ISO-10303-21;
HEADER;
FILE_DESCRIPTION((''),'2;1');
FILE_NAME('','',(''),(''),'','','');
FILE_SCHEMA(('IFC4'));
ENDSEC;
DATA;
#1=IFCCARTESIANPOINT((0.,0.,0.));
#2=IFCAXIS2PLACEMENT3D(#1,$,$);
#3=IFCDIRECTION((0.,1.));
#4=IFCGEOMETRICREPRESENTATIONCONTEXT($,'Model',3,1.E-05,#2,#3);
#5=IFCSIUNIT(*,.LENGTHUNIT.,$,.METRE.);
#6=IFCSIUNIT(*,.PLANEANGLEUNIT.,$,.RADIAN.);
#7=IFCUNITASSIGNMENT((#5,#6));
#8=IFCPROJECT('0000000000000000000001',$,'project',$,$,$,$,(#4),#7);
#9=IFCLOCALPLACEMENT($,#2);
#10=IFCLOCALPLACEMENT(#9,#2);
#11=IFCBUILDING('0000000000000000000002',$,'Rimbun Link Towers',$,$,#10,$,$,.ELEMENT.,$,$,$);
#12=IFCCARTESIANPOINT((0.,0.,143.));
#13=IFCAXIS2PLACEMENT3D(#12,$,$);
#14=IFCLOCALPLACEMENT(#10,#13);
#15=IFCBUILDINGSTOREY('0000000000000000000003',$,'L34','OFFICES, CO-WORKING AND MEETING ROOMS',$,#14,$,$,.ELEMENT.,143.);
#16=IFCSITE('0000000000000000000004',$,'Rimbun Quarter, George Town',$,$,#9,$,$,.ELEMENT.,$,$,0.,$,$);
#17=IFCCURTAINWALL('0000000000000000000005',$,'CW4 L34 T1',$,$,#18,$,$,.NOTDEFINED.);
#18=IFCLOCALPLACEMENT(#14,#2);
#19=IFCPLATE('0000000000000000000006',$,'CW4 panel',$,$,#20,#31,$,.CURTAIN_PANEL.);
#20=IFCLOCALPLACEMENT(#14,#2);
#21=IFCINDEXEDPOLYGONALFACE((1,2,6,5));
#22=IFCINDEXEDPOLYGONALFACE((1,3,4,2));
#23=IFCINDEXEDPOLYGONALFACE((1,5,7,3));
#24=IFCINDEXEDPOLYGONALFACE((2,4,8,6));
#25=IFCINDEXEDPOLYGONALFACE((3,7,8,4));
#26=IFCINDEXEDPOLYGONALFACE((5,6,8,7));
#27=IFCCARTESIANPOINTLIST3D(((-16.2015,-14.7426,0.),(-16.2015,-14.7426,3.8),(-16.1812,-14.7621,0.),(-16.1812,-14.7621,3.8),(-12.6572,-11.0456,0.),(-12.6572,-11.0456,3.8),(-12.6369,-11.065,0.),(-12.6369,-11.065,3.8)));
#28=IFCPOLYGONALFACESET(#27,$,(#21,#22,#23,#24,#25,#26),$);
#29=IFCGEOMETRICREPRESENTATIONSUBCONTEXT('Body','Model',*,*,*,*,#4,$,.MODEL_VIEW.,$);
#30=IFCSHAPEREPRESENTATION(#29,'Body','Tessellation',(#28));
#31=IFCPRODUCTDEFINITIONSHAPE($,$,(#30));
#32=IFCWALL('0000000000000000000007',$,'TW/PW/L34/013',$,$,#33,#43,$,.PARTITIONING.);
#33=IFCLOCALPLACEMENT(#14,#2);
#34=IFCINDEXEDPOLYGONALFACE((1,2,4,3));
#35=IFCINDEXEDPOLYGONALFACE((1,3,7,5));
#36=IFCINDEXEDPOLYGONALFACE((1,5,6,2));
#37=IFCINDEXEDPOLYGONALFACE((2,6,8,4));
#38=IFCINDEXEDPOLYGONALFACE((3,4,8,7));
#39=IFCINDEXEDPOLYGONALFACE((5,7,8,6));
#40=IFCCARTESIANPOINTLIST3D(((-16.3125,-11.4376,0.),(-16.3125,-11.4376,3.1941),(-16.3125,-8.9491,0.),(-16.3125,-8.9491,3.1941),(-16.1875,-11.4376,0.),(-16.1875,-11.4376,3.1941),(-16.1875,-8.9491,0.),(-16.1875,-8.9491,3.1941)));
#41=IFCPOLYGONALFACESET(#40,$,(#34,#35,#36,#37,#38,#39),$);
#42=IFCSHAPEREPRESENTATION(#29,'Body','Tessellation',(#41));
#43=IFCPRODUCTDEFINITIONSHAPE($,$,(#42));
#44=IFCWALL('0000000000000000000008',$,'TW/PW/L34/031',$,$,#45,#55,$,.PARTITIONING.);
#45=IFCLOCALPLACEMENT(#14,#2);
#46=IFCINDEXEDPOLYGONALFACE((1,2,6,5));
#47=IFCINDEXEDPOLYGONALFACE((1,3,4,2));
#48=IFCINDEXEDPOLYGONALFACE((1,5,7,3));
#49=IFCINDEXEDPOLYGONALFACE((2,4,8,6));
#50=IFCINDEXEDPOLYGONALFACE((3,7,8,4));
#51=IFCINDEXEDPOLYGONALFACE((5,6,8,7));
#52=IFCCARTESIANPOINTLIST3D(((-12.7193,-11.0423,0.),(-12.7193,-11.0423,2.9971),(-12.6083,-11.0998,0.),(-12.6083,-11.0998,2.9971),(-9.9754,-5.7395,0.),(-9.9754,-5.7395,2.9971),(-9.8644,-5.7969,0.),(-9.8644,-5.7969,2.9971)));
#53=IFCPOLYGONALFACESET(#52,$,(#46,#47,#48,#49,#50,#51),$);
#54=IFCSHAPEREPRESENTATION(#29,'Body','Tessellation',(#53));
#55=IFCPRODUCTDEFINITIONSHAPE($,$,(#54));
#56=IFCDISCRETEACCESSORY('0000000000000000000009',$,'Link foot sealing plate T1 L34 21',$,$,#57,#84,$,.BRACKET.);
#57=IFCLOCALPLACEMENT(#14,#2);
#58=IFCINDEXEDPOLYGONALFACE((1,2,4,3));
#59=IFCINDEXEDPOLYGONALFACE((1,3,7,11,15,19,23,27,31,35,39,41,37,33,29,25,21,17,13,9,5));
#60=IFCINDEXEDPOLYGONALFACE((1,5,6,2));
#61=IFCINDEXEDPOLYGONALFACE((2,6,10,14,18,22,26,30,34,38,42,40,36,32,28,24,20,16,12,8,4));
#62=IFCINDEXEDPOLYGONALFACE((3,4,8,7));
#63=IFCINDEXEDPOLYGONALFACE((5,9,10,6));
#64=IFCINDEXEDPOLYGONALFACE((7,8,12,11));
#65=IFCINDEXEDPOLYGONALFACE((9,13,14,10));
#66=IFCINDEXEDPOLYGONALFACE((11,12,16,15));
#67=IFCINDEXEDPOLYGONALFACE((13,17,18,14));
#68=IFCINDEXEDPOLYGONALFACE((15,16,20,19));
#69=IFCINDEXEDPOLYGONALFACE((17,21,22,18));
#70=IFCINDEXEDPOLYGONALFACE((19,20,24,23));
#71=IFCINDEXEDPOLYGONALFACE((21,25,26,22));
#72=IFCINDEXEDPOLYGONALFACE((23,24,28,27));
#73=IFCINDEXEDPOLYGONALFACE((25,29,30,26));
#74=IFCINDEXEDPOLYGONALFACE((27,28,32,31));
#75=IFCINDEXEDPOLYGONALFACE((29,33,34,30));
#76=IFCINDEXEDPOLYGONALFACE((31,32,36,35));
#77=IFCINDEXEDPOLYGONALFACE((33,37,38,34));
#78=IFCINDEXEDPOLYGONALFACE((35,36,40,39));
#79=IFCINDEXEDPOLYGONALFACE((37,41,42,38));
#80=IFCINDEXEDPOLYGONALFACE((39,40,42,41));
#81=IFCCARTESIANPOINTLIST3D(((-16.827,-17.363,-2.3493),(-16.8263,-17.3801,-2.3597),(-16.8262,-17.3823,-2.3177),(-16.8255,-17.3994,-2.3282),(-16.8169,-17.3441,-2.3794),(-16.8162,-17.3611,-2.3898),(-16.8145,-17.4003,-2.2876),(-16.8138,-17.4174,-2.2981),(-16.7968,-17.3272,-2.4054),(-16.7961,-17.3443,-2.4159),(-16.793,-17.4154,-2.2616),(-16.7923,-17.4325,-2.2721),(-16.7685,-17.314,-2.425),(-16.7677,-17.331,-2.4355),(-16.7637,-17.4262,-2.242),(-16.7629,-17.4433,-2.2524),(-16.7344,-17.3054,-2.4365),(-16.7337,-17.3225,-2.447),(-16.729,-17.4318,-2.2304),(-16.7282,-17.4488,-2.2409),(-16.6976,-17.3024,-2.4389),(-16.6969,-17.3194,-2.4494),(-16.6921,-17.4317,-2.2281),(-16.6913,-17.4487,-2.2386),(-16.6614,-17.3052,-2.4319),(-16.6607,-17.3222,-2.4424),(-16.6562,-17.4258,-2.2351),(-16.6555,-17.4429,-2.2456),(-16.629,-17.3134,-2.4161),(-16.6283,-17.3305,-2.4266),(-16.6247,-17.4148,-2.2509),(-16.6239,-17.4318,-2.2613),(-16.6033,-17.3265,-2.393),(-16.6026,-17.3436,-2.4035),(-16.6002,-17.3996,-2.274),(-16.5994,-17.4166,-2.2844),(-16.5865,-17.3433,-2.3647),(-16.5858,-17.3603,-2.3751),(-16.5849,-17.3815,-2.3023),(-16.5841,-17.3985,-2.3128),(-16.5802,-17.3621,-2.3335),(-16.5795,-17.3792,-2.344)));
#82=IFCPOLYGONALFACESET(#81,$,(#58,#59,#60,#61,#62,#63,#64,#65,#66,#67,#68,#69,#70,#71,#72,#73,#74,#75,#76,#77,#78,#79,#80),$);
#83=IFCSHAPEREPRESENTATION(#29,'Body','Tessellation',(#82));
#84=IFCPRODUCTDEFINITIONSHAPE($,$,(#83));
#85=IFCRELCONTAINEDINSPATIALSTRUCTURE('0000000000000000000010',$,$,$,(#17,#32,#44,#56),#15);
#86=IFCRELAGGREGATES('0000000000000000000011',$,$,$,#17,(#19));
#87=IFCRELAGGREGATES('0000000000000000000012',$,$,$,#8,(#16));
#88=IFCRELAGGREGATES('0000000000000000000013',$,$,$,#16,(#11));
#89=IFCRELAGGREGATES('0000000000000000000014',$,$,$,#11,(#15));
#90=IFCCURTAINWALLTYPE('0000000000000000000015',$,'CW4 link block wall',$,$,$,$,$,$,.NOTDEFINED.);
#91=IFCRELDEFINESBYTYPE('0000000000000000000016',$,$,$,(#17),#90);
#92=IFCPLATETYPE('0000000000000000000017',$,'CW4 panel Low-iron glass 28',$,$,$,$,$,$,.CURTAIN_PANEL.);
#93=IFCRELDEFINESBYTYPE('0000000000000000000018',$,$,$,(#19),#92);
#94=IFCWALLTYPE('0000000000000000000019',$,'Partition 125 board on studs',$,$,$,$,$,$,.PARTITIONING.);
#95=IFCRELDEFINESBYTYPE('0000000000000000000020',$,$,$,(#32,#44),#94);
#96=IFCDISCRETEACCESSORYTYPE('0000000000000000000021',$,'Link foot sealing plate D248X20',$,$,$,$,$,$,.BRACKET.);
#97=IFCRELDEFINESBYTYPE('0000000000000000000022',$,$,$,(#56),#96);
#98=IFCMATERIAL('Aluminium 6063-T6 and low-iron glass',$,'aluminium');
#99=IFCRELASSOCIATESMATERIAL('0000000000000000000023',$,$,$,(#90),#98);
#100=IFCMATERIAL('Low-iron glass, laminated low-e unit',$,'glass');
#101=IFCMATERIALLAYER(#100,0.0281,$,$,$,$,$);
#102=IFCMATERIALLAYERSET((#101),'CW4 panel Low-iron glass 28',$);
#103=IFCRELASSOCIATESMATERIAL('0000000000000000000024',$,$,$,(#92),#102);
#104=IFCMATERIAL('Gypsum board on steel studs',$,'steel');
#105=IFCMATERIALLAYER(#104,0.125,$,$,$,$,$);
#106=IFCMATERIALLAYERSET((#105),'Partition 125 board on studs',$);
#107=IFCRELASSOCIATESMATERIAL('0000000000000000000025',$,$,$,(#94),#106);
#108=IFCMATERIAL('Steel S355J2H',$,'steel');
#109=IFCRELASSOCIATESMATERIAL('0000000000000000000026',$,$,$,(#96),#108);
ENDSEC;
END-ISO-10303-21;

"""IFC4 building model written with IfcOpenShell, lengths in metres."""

from ifc_helpers import new_model, si_unit, direction, frame, frame_2d, origin, origin_2d, place, context, subcontext, project, spatial, rectangle, circle, extrude, material, layer, layer_set, material_profile, profile_set, type_object, element, aggregate, save


model = new_model("IFC4")

# Units and contexts
model_context = context("Model", 3, precision=1e-05, world=origin(), true_north=direction((0.0, 1.0)))
body_context = subcontext(model_context, "Body", "Model", "MODEL_VIEW")
ifc_project = project(units=[si_unit("LENGTHUNIT", "METRE"), si_unit("PLANEANGLEUNIT", "RADIAN")], contexts=[model_context])

# Site, building, storey
site_placement = place(None, origin())
site = spatial("IfcSite", under=ifc_project, at=site_placement, Name="Rimbun Quarter, George Town", CompositionType="ELEMENT", RefElevation=0.0)
building_placement = place(site_placement, origin())
building = spatial("IfcBuilding", under=site, at=building_placement, Name="Rimbun Link Towers", CompositionType="ELEMENT")
storey_placement = place(building_placement, frame((0.0, 0.0, 143.0)))
storey = spatial("IfcBuildingStorey", under=building, at=storey_placement, Name="L34", Description="OFFICES, CO-WORKING AND MEETING ROOMS", CompositionType="ELEMENT", Elevation=143.0)

# Curtain wall
ifc_material_1 = material(Name="Aluminium 6063-T6 and low-iron glass", Category="aluminium")
curtain_wall_type = type_object("IfcCurtainWallType", Name="CW4 link block wall", PredefinedType="NOTDEFINED", material=ifc_material_1)
curtain_wall_placement = place(storey_placement, origin())
curtain_wall = element("IfcCurtainWall", 1, at=curtain_wall_placement, inside=storey, type_object=curtain_wall_type, Name="CW4 L34 T1", PredefinedType="NOTDEFINED")

# Plate
ifc_material_2 = material(Name="Low-iron glass, laminated low-e unit", Category="glass")
ifc_layer_1 = layer(ifc_material_2, 0.0281)
ifc_layer_set_1 = layer_set([ifc_layer_1], Name="CW4 panel Low-iron glass 28")
plate_type = type_object("IfcPlateType", Name="CW4 panel Low-iron glass 28", PredefinedType="CURTAIN_PANEL", material=ifc_layer_set_1)
plate_1_placement = place(storey_placement, frame((-14.4192, -12.9038, 0.0), z_axis=(0.0, 0.0, 1.0), x_axis=(-0.692041, -0.721858, 0.0)))
plate_1 = element("IfcPlate", 2, at=plate_1_placement, type_object=plate_type, Name="CW4 panel", PredefinedType="CURTAIN_PANEL", context=body_context, shape_type="SweptSolid", body=[
    extrude(rectangle(XDim=5.1216, YDim=0.0281, at=origin_2d()), origin(), (0.0, 0.0, 1.0), 3.8),
])
aggregate(curtain_wall, [plate_1])

# Walls
ifc_material_3 = material(Name="Gypsum board on steel studs", Category="steel")
ifc_layer_2 = layer(ifc_material_3, 0.125)
ifc_layer_set_2 = layer_set([ifc_layer_2], Name="Partition 125 board on studs")
wall_type = type_object("IfcWallType", Name="Partition 125 board on studs", PredefinedType="PARTITIONING", material=ifc_layer_set_2)
wall_1_placement = place(storey_placement, frame((-16.25, -11.4375, 0.0), z_axis=(0.0, 0.0, 1.0), x_axis=(0.0, 1.0, 0.0)))
element("IfcWall", 3, at=wall_1_placement, inside=storey, type_object=wall_type, Name="TW/PW/L34/013", PredefinedType="PARTITIONING", context=body_context, shape_type="SweptSolid", body=[
    extrude(rectangle(XDim=2.4885, YDim=0.125, at=frame_2d((1.2441, 0.0))), origin(), (0.0, 0.0, 1.0), 3.1941),
])
wall_2_placement = place(storey_placement, frame((-12.6638, -11.071, 0.0), z_axis=(0.0, 0.0, 1.0), x_axis=(0.459569, 0.888142, 0.0)))
element("IfcWall", 4, at=wall_2_placement, inside=storey, type_object=wall_type, Name="TW/PW/L34/031", PredefinedType="PARTITIONING", context=body_context, shape_type="SweptSolid", body=[
    extrude(rectangle(XDim=5.9707, YDim=0.125, at=frame_2d((2.9854, 0.0))), origin(), (0.0, 0.0, 1.0), 2.9971),
])

# Discrete accessory
ifc_material_4 = material(Name="Steel S355J2H", Category="steel")
ifc_material_profile_1 = material_profile(ifc_material_4, circle(Radius=0.124, at=origin_2d()), Name="PL D248")
ifc_profile_set_1 = profile_set([ifc_material_profile_1], Name="Steel S355J2H")
discrete_accessory_type = type_object("IfcDiscreteAccessoryType", Name="Link foot sealing plate D248X20", PredefinedType="BRACKET", material=ifc_profile_set_1)
discrete_accessory_placement = place(storey_placement, frame((-16.7041, -17.3674, -2.3335), z_axis=(0.036493, -0.851508, -0.523069), x_axis=(0.999083, 0.042818, 0.0)))
element("IfcDiscreteAccessory", 5, at=discrete_accessory_placement, inside=storey, type_object=discrete_accessory_type, Name="Link foot sealing plate T1 L34 21", PredefinedType="BRACKET", context=body_context, shape_type="SweptSolid", body=[
    extrude(circle(Radius=0.124, at=origin_2d()), origin(), (0.0, 0.0, 1.0), 0.02),
])

save(model, "model.ifc")
